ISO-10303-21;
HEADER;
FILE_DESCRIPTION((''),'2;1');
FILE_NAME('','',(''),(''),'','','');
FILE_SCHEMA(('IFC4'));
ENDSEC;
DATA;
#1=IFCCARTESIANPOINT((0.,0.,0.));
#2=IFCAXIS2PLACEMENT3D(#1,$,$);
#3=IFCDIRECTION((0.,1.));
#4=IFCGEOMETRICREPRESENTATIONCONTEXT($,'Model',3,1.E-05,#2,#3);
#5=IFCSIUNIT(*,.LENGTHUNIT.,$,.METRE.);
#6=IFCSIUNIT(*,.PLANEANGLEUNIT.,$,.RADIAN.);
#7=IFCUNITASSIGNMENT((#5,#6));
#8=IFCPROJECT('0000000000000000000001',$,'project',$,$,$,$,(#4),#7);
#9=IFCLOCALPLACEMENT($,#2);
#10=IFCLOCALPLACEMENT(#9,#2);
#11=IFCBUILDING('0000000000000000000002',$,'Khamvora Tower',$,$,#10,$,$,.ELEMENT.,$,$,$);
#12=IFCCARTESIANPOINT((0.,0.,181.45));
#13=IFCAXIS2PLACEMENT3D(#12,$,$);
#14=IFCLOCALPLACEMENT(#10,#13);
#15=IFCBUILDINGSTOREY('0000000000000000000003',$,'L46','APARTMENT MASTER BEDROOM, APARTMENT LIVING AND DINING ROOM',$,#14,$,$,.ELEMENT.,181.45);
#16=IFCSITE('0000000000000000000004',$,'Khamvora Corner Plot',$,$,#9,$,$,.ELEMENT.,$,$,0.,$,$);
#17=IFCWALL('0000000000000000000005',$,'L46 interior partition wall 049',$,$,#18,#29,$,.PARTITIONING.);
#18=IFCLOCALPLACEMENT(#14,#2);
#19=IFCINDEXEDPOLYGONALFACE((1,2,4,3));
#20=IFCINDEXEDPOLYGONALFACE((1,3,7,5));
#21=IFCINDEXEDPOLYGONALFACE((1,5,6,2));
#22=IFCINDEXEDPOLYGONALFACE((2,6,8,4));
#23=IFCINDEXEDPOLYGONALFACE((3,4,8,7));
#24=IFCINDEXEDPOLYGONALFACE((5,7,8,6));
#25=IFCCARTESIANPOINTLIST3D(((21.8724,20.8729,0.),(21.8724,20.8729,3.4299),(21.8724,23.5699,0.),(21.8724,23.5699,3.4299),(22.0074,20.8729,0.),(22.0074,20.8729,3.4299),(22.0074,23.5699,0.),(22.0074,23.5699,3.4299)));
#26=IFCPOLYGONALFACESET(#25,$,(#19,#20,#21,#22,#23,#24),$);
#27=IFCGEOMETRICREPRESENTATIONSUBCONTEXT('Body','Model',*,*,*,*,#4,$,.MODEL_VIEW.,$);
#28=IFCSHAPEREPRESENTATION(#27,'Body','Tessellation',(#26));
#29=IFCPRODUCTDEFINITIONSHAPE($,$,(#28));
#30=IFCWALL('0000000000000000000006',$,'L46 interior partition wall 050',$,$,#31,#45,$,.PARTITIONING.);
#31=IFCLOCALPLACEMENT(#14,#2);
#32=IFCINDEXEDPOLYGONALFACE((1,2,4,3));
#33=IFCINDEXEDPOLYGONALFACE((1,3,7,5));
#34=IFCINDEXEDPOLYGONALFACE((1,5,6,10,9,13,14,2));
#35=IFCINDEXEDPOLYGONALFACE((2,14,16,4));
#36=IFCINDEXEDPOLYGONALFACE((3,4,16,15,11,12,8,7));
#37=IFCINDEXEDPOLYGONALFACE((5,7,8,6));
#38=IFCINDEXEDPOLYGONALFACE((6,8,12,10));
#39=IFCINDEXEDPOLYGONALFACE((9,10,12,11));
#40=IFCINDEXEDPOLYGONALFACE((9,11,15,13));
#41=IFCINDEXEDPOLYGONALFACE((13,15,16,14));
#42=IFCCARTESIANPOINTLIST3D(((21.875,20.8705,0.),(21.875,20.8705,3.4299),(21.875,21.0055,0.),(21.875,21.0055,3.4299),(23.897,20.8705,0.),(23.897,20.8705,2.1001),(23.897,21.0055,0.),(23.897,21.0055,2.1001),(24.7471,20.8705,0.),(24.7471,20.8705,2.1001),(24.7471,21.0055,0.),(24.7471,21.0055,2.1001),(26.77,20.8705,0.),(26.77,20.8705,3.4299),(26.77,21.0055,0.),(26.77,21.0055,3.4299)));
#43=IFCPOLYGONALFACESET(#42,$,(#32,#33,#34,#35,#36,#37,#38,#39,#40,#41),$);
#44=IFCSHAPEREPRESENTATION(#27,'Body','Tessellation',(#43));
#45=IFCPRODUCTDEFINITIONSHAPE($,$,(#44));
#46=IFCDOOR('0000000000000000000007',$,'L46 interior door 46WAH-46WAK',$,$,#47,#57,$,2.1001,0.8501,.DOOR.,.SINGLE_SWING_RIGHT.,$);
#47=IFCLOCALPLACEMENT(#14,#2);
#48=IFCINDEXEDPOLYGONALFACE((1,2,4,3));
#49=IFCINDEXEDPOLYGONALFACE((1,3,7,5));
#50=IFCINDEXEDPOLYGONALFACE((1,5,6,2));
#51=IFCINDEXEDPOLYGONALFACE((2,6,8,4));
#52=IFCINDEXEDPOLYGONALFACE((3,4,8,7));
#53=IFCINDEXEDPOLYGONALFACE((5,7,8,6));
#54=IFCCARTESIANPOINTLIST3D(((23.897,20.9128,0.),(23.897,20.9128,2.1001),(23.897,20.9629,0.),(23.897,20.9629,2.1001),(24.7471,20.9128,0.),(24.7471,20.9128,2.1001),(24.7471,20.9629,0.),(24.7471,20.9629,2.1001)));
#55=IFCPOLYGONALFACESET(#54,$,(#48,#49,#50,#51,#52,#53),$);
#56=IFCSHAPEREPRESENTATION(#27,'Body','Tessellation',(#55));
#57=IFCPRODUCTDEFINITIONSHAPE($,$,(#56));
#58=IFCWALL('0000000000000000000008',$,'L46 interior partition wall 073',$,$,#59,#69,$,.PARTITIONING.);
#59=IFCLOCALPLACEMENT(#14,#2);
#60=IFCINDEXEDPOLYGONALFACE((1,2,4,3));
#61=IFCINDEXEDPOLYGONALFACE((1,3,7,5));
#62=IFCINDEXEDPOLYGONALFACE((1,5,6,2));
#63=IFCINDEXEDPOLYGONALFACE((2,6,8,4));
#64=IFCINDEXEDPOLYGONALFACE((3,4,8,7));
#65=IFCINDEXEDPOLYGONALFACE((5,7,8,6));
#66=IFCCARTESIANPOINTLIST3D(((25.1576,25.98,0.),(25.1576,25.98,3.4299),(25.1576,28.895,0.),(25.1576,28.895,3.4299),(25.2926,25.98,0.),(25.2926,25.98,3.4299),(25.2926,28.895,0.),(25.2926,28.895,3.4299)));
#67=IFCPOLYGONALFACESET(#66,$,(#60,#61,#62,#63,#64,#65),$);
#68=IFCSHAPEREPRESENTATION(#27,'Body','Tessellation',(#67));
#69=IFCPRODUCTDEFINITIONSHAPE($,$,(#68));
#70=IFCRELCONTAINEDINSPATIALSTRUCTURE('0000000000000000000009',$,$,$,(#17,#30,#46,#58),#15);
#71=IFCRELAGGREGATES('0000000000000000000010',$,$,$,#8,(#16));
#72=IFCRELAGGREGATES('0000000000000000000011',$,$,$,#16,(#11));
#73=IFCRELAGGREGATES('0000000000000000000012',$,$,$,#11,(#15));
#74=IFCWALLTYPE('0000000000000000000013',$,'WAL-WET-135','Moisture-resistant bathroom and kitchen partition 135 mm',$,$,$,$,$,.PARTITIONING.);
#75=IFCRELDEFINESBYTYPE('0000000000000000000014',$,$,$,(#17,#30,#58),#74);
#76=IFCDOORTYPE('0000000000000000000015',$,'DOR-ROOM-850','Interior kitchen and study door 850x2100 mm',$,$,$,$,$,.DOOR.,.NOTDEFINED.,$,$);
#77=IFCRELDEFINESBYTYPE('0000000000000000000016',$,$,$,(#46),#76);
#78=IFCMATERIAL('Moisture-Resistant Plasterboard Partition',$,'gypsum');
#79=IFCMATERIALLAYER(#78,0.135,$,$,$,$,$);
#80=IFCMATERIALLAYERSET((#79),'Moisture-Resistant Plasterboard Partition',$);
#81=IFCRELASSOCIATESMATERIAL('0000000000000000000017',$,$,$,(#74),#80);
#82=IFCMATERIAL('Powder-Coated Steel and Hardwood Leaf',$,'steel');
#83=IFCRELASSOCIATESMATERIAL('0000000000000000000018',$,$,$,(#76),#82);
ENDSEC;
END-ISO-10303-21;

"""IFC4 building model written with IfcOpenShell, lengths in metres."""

from ifc_helpers import new_model, si_unit, direction, frame, frame_2d, origin, place, context, subcontext, project, spatial, rectangle, extrude, material, layer, layer_set, type_object, element, fill, save


model = new_model("IFC4")

# Units and contexts
model_context = context("Model", 3, precision=1e-05, world=origin(), true_north=direction((0.0, 1.0)))
body_context = subcontext(model_context, "Body", "Model", "MODEL_VIEW")
ifc_project = project(units=[si_unit("LENGTHUNIT", "METRE"), si_unit("PLANEANGLEUNIT", "RADIAN")], contexts=[model_context])

# Site, building, storey
site_placement = place(None, origin())
site = spatial("IfcSite", under=ifc_project, at=site_placement, Name="Khamvora Corner Plot", CompositionType="ELEMENT", RefElevation=0.0)
building_placement = place(site_placement, origin())
building = spatial("IfcBuilding", under=site, at=building_placement, Name="Khamvora Tower", CompositionType="ELEMENT")
storey_placement = place(building_placement, frame((0.0, 0.0, 181.45)))
storey = spatial("IfcBuildingStorey", under=building, at=storey_placement, Name="L46", Description="APARTMENT MASTER BEDROOM, APARTMENT LIVING AND DINING ROOM", CompositionType="ELEMENT", Elevation=181.45)

# Shared definitions
ifc_material_1 = material(Name="Powder-Coated Steel and Hardwood Leaf", Category="steel")

# Wall
ifc_material_2 = material(Name="Moisture-Resistant Plasterboard Partition", Category="gypsum")
ifc_layer_1 = layer(ifc_material_2, 0.135)
ifc_layer_set_1 = layer_set([ifc_layer_1], Name="Moisture-Resistant Plasterboard Partition")
wall_type_1 = type_object("IfcWallType", Name="WAL-WET-135", Description="Moisture-resistant bathroom and kitchen partition 135 mm", PredefinedType="PARTITIONING", material=ifc_layer_set_1)
wall_1_placement = place(storey_placement, frame((21.9399, 23.5701, 0.0), z_axis=(0.0, 0.0, 1.0), x_axis=(0.0, -1.0, 0.0)))
element("IfcWall", 1, at=wall_1_placement, inside=storey, type_object=wall_type_1, Name="L46 interior partition wall 049", PredefinedType="PARTITIONING", context=body_context, shape_type="SweptSolid", body=[
    extrude(rectangle(XDim=2.697, YDim=0.135, at=frame_2d((1.3486, 0.0))), origin(), (0.0, 0.0, 1.0), 3.4299),
])

# Wall, opening, door
wall_2_placement = place(storey_placement, frame((21.875, 20.938, 0.0), z_axis=(0.0, 0.0, 1.0), x_axis=(1.0, 0.0, 0.0)))
wall_2 = element("IfcWall", 2, at=wall_2_placement, inside=storey, type_object=wall_type_1, Name="L46 interior partition wall 050", PredefinedType="PARTITIONING", context=body_context, shape_type="SweptSolid", body=[
    extrude(rectangle(XDim=4.895, YDim=0.135, at=frame_2d((2.4475, 0.0))), origin(), (0.0, 0.0, 1.0), 3.4299),
])
opening_1_placement = place(wall_2_placement, frame((2.022, 0.0, 0.0)))
opening_1 = element("IfcOpeningElement", 3, at=opening_1_placement, cuts=wall_2, PredefinedType="OPENING", context=body_context, shape_type="SweptSolid", body=[
    extrude(rectangle(XDim=0.8501, YDim=2.1001, at=frame_2d((0.425, 1.05))), frame((0.0, 0.0774, 0.0), z_axis=(0.0, -1.0, 0.0), x_axis=(1.0, 0.0, 0.0)), (0.0, 0.0, 1.0), 0.155),
])
door_type_1 = type_object("IfcDoorType", Name="DOR-ROOM-850", Description="Interior kitchen and study door 850x2100 mm", OperationType="NOTDEFINED", PredefinedType="DOOR", material=ifc_material_1)
door_1_placement = place(opening_1_placement, origin())
door_1 = element("IfcDoor", 4, at=door_1_placement, inside=storey, type_object=door_type_1, Name="L46 interior door 46WAH-46WAK", OperationType="SINGLE_SWING_RIGHT", OverallHeight=2.1001, OverallWidth=0.8501, PredefinedType="DOOR", context=body_context, shape_type="SweptSolid", body=[
    extrude(rectangle(XDim=0.8501, YDim=2.1001, at=frame_2d((0.425, 1.05))), frame((0.0, 0.0249, 0.0), z_axis=(0.0, -1.0, 0.0), x_axis=(1.0, 0.0, 0.0)), (0.0, 0.0, 1.0), 0.05),
])
fill(opening_1, door_1)

# Wall
wall_3_placement = place(storey_placement, frame((25.2251, 25.98, 0.0), z_axis=(0.0, 0.0, 1.0), x_axis=(0.0, 1.0, 0.0)))
element("IfcWall", 5, at=wall_3_placement, inside=storey, type_object=wall_type_1, Name="L46 interior partition wall 073", PredefinedType="PARTITIONING", context=body_context, shape_type="SweptSolid", body=[
    extrude(rectangle(XDim=2.915, YDim=0.135, at=frame_2d((1.4575, 0.0))), origin(), (0.0, 0.0, 1.0), 3.4299),
])

save(model, "model.ifc")
